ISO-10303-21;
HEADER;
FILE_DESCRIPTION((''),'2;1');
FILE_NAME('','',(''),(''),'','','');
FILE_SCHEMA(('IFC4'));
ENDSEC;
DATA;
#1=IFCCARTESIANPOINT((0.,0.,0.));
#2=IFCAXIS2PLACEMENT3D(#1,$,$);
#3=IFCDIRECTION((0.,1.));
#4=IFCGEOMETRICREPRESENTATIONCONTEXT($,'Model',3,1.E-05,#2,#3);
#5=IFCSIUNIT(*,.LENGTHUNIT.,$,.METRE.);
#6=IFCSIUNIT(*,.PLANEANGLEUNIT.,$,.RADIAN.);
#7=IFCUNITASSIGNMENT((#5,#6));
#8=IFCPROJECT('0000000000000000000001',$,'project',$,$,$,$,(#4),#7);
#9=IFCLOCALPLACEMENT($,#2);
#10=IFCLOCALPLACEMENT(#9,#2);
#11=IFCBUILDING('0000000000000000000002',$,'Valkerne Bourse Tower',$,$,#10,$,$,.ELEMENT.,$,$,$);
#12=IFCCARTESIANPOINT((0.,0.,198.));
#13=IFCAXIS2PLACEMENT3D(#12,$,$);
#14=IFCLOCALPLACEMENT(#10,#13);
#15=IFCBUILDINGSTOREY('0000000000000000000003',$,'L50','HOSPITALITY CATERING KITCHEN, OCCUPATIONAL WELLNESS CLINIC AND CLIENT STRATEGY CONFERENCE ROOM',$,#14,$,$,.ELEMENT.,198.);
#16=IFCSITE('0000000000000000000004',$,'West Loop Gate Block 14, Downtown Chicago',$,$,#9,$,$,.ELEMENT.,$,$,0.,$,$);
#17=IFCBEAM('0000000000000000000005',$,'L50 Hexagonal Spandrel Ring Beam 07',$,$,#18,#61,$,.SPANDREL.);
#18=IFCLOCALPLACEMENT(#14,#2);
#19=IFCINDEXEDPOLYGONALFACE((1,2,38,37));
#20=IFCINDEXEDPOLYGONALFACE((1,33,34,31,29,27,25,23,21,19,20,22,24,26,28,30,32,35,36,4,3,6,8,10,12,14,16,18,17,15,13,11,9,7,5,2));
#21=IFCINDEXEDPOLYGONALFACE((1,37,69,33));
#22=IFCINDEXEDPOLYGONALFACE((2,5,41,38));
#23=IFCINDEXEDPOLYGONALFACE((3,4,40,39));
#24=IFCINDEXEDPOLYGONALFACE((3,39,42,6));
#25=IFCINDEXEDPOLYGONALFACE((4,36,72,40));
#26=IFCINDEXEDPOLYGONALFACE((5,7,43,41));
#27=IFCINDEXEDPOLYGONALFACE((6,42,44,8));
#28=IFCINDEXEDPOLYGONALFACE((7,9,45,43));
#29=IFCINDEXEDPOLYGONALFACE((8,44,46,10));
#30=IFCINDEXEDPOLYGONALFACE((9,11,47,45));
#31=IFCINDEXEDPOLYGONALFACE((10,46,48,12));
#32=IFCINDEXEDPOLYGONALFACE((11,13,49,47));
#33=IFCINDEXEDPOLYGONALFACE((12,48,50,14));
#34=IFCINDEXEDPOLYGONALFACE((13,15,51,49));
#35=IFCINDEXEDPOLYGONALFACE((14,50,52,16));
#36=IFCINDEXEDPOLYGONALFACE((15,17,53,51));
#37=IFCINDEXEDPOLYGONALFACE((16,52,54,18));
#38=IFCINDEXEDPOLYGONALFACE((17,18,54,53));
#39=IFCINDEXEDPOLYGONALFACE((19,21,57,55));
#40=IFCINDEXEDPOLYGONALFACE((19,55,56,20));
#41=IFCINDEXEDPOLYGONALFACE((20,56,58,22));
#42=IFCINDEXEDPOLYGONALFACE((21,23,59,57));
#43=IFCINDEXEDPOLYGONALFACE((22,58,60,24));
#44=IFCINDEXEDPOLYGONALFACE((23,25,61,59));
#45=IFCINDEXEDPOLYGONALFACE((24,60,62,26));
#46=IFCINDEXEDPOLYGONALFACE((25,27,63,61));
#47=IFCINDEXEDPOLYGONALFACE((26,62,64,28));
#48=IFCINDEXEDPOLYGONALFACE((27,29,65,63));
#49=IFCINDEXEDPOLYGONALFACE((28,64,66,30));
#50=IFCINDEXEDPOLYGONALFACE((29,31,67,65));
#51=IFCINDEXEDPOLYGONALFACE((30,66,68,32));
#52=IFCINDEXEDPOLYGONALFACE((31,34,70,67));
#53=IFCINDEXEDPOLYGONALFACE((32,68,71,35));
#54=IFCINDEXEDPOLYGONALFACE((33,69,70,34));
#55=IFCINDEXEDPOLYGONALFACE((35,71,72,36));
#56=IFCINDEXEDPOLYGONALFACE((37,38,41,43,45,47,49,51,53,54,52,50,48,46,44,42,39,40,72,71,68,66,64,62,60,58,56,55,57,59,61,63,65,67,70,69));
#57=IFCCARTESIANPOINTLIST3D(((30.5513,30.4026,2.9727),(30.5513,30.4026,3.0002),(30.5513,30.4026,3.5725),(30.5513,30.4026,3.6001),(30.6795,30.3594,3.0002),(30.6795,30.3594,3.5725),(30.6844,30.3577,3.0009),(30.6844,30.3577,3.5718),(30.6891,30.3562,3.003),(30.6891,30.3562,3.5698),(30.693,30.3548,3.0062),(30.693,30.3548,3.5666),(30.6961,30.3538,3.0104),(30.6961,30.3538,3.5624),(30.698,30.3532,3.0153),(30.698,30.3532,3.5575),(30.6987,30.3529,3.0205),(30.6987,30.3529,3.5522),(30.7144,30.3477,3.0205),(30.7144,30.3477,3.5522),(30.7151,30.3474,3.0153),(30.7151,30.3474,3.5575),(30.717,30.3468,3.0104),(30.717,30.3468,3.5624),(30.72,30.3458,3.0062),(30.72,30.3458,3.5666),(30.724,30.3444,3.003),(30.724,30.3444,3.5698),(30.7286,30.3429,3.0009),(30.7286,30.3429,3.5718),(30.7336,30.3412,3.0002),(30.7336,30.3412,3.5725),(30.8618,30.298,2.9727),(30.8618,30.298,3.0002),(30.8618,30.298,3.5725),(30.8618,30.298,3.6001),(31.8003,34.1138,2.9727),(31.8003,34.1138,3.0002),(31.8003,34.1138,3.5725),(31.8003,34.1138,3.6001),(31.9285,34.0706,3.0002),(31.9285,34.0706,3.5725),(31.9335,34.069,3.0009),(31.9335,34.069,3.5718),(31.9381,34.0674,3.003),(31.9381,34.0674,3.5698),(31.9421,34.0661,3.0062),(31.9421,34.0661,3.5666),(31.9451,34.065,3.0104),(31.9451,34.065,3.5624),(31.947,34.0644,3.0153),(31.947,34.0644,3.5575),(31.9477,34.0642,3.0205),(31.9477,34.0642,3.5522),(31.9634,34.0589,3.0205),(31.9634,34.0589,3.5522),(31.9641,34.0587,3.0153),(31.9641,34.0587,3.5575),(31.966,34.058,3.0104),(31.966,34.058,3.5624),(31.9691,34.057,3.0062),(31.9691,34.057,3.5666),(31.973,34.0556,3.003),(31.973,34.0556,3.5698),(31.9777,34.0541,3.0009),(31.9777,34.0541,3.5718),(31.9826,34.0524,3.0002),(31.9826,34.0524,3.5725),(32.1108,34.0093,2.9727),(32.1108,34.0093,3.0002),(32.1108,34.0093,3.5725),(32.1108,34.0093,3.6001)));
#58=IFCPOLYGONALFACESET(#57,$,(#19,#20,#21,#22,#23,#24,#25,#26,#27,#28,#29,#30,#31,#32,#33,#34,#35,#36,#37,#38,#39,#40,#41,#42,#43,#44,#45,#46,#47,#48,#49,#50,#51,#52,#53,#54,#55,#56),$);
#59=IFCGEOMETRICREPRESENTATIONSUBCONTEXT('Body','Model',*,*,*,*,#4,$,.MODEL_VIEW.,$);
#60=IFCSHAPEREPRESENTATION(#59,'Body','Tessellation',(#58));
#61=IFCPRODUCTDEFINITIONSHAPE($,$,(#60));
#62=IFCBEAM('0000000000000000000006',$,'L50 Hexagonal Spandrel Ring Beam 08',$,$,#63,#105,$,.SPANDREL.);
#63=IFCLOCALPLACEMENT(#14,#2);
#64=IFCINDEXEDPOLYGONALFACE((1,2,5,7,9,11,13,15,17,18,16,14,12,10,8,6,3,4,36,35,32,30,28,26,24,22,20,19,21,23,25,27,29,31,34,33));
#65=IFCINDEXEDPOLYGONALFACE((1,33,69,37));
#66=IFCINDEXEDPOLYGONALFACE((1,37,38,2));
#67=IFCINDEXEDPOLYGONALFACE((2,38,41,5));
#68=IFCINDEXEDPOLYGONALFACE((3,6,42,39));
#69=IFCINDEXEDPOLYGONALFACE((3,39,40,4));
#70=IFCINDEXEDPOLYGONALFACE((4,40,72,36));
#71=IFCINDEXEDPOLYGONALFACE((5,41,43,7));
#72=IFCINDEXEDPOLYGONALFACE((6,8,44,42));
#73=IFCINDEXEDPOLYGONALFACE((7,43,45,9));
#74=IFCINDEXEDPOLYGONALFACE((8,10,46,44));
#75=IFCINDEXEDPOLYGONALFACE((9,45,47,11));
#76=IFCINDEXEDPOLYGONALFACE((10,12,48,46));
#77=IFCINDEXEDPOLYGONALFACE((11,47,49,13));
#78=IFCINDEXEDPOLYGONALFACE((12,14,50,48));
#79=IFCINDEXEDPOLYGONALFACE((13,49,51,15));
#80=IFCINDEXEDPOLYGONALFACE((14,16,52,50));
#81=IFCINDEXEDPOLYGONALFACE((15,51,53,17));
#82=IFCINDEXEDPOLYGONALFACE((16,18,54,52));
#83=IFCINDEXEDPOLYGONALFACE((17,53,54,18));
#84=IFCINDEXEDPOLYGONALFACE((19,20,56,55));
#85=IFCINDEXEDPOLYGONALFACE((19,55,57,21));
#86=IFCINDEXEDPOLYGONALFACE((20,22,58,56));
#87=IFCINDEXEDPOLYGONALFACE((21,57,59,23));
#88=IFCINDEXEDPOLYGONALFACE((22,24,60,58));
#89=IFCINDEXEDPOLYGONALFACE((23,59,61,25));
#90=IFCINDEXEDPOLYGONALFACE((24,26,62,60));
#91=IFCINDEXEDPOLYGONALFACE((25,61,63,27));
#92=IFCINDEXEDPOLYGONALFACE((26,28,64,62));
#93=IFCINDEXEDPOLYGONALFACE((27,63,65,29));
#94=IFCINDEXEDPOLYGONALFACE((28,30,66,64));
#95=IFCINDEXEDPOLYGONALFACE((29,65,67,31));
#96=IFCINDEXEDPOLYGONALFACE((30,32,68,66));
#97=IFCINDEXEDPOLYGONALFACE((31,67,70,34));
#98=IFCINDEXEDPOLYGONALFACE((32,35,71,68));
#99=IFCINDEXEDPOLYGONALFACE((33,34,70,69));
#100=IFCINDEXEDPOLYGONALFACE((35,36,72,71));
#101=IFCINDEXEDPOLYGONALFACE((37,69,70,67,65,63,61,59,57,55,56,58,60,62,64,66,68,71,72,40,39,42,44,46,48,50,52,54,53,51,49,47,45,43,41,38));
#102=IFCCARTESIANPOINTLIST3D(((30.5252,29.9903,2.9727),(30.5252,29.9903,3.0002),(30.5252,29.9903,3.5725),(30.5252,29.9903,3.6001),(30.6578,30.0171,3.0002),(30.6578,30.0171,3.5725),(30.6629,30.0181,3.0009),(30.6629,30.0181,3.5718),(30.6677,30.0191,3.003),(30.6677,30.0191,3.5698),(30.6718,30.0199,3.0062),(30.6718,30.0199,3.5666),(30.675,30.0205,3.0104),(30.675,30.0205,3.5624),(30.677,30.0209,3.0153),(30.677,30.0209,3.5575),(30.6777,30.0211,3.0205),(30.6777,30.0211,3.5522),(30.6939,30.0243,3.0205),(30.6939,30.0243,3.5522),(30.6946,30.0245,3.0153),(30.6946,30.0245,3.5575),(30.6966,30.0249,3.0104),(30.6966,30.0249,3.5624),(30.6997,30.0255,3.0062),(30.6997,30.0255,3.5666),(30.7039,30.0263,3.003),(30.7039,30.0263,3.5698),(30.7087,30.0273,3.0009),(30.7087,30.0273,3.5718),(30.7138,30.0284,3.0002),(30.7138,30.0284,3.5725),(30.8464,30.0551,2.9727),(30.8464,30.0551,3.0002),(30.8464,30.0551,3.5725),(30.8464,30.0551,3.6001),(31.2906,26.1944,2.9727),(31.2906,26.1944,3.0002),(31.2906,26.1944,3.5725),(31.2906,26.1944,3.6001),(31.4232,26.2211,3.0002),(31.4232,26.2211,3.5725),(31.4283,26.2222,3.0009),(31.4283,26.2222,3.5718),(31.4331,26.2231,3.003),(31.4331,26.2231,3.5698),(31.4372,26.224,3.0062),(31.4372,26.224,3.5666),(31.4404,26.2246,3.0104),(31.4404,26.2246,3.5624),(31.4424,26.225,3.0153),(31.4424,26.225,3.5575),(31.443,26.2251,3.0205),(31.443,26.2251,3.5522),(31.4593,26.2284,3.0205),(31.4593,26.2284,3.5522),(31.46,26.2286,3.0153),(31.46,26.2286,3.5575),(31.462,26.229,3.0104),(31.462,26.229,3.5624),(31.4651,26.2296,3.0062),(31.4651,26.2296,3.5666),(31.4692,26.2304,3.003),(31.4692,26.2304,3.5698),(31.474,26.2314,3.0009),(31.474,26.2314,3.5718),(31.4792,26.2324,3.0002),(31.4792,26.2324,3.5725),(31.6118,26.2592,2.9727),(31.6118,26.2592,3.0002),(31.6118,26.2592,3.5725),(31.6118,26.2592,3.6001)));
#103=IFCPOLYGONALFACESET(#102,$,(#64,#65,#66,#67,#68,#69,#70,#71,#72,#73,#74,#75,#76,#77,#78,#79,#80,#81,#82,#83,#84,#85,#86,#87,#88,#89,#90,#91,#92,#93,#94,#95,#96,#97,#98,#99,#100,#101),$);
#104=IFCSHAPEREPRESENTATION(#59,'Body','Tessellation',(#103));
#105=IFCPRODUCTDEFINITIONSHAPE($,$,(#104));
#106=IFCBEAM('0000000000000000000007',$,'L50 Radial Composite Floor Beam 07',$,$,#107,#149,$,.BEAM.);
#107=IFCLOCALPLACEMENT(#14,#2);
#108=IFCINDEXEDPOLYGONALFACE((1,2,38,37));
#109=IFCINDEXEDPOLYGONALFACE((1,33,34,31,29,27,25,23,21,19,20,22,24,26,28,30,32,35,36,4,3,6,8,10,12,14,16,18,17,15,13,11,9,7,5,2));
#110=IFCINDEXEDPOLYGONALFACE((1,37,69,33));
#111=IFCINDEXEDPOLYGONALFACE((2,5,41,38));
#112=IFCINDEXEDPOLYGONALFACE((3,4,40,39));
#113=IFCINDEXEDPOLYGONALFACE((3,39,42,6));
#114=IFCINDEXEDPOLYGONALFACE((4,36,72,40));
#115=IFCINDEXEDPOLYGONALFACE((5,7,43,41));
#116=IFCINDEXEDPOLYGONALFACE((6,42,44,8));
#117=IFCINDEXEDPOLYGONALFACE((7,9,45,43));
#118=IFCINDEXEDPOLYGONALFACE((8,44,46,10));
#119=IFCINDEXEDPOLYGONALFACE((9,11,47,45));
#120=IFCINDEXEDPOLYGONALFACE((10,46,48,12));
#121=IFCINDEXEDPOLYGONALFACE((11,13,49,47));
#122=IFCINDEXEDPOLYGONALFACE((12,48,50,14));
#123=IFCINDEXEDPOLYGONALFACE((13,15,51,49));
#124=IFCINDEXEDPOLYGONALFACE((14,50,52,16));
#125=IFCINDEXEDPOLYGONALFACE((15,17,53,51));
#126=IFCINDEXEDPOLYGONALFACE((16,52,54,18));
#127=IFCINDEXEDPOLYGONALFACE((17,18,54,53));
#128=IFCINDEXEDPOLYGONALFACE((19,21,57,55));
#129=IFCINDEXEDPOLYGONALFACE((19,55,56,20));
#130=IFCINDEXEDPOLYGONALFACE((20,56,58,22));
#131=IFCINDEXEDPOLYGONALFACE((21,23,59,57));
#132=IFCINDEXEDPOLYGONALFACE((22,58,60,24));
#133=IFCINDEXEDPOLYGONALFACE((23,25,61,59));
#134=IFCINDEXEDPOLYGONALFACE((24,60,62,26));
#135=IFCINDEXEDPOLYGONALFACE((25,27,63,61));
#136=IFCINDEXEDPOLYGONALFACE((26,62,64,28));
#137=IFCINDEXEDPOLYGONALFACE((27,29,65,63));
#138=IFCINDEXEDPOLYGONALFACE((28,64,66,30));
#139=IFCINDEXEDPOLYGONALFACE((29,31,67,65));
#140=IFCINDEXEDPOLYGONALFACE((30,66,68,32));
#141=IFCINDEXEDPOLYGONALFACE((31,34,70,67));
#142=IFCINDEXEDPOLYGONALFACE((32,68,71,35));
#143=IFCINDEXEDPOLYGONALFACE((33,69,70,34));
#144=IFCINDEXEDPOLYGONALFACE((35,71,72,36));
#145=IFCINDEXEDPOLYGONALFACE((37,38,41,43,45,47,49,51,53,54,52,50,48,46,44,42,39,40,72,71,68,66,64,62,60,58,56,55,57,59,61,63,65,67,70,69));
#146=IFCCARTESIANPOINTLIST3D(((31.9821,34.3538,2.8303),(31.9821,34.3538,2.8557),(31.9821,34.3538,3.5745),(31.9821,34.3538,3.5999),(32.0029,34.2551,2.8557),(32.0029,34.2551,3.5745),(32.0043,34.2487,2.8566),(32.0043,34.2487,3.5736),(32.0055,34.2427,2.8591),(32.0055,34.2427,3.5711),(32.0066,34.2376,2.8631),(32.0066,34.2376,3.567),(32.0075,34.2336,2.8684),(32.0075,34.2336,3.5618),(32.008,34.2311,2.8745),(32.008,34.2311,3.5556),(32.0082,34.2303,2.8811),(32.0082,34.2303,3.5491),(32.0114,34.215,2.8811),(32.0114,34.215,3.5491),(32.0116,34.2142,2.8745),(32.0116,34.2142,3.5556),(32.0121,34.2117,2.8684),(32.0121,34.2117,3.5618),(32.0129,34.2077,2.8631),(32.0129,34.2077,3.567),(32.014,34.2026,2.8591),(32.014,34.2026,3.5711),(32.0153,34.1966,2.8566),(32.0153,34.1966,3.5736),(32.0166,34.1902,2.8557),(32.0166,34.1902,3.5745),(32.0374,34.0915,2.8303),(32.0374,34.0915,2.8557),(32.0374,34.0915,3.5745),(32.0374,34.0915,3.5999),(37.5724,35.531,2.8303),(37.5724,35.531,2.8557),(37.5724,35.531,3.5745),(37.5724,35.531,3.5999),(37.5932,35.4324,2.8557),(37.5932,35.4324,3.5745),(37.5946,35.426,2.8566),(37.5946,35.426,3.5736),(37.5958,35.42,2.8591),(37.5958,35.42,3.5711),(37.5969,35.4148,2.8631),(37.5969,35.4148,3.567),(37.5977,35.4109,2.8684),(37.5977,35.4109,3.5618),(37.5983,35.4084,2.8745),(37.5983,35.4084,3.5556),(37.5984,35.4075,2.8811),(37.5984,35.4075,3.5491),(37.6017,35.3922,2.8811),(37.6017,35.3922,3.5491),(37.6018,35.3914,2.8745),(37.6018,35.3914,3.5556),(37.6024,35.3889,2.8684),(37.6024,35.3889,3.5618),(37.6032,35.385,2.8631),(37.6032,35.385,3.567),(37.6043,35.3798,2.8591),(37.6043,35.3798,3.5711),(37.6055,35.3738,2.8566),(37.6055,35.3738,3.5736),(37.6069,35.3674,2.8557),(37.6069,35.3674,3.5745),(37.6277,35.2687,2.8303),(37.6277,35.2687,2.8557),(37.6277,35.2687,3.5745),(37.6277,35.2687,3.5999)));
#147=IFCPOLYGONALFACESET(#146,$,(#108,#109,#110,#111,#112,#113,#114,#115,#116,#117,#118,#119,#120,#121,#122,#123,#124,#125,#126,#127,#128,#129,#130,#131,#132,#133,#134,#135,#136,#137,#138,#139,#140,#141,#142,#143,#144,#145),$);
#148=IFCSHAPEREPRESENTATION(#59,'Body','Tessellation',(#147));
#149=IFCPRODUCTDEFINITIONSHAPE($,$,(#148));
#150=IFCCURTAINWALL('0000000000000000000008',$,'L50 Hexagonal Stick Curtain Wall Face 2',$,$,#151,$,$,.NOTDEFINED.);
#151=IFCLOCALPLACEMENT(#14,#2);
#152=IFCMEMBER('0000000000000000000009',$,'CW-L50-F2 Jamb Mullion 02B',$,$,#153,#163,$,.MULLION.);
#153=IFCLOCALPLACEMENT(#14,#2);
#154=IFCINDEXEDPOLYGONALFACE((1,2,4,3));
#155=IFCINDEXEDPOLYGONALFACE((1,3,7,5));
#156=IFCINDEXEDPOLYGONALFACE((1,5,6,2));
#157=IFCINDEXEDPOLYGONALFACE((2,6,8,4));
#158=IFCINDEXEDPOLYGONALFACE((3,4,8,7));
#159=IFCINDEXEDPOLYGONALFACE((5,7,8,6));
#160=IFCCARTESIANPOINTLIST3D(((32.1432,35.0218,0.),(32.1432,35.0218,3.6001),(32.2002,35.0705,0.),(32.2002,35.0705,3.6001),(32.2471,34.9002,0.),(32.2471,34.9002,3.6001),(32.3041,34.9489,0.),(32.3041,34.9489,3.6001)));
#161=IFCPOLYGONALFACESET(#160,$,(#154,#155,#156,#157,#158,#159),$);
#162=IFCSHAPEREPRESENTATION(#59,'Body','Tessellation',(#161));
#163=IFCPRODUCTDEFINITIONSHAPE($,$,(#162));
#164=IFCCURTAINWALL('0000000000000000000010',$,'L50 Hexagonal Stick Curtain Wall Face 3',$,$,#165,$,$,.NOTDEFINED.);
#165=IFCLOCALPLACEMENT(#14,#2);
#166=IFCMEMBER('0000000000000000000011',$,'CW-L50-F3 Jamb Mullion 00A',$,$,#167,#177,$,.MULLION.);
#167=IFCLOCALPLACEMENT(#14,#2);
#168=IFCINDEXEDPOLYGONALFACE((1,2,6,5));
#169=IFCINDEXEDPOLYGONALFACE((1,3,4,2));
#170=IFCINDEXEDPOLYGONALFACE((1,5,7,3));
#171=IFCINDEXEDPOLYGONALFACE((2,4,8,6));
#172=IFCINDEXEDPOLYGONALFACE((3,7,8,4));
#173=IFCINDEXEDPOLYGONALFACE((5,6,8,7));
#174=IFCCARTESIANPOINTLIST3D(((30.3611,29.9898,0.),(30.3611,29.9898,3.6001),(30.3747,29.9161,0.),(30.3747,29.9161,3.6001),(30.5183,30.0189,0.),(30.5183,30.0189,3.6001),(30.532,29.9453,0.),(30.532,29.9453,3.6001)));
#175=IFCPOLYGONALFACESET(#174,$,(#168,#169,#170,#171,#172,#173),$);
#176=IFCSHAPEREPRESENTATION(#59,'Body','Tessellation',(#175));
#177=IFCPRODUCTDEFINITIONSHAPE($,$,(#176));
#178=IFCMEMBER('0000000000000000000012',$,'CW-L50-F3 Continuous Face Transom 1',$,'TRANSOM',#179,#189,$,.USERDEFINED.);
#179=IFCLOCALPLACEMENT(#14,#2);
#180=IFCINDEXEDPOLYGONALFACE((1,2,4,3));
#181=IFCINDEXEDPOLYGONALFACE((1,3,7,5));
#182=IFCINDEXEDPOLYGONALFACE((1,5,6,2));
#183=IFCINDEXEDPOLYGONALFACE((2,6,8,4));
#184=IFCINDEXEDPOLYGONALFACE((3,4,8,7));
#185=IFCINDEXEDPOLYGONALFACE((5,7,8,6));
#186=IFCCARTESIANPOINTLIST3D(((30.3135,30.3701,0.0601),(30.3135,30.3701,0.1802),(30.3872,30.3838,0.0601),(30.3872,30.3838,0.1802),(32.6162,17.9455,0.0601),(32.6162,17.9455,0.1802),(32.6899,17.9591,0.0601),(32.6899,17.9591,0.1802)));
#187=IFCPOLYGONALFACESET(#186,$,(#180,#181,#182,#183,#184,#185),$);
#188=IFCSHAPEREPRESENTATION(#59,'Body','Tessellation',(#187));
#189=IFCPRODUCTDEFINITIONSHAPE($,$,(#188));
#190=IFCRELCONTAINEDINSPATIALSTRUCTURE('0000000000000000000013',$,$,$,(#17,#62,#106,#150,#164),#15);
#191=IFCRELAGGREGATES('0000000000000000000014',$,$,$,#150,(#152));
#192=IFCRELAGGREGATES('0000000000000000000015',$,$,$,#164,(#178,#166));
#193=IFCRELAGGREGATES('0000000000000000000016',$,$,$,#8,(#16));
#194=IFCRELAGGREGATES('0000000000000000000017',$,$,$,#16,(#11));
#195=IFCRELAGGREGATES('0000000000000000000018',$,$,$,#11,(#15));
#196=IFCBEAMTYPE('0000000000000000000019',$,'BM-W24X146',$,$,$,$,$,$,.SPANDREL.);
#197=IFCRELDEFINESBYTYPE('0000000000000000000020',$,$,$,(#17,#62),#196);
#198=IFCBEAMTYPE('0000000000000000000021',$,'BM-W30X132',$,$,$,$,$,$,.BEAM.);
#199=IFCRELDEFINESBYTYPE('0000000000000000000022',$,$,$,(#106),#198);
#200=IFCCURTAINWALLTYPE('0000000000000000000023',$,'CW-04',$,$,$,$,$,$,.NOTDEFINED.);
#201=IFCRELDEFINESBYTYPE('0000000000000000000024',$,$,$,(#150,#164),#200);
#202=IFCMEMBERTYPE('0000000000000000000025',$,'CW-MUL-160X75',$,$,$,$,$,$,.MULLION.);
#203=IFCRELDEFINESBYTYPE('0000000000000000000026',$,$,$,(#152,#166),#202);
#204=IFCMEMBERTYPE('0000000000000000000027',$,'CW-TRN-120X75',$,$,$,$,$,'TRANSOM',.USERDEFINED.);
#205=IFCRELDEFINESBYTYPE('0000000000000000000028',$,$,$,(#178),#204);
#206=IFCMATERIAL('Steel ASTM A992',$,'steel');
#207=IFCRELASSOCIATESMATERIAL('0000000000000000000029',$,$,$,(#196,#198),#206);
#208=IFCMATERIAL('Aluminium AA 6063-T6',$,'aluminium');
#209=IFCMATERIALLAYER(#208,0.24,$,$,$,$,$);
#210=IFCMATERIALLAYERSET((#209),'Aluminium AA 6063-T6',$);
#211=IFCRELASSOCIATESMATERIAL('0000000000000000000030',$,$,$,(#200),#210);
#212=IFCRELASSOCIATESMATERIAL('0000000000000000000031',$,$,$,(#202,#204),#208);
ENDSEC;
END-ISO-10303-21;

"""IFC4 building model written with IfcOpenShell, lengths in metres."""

from ifc_helpers import new_model, si_unit, direction, frame, origin, origin_2d, place, context, subcontext, project, spatial, rectangle, i_section, extrude, material, layer, layer_set, material_profile, profile_set, type_object, element, aggregate, save


model = new_model("IFC4")

# Units and contexts
model_context = context("Model", 3, precision=1e-05, world=origin(), true_north=direction((0.0, 1.0)))
body_context = subcontext(model_context, "Body", "Model", "MODEL_VIEW")
ifc_project = project(units=[si_unit("LENGTHUNIT", "METRE"), si_unit("PLANEANGLEUNIT", "RADIAN")], contexts=[model_context])

# Site, building, storey
site_placement = place(None, origin())
site = spatial("IfcSite", under=ifc_project, at=site_placement, Name="West Loop Gate Block 14, Downtown Chicago", CompositionType="ELEMENT", RefElevation=0.0)
building_placement = place(site_placement, origin())
building = spatial("IfcBuilding", under=site, at=building_placement, Name="Valkerne Bourse Tower", CompositionType="ELEMENT")
storey_placement = place(building_placement, frame((0.0, 0.0, 198.0)))
storey = spatial("IfcBuildingStorey", under=building, at=storey_placement, Name="L50", Description="HOSPITALITY CATERING KITCHEN, OCCUPATIONAL WELLNESS CLINIC AND CLIENT STRATEGY CONFERENCE ROOM", CompositionType="ELEMENT", Elevation=198.0)

# Beams
ifc_material_1 = material(Name="Steel ASTM A992", Category="steel")
ifc_material_profile_1 = material_profile(ifc_material_1, i_section(OverallWidth=0.3276, OverallDepth=0.6274, WebThickness=0.0166, FlangeThickness=0.0276, FilletRadius=0.0203, at=origin_2d()), Name="W24X146")
ifc_profile_set_1 = profile_set([ifc_material_profile_1], Name="Steel ASTM A992")
beam_type_1 = type_object("IfcBeamType", Name="BM-W24X146", PredefinedType="SPANDREL", material=ifc_profile_set_1)
beam_1_placement = place(storey_placement, frame((31.9556, 34.0615, 3.2864), z_axis=(-0.318976, -0.947763, 0.0), x_axis=(0.947763, -0.318976, 0.0)))
element("IfcBeam", 1, at=beam_1_placement, inside=storey, type_object=beam_type_1, Name="L50 Hexagonal Spandrel Ring Beam 07", PredefinedType="SPANDREL", context=body_context, shape_type="SweptSolid", body=[
    extrude(i_section(OverallWidth=0.3276, OverallDepth=0.6274, WebThickness=0.0166, FlangeThickness=0.0276, FilletRadius=0.0203, at=origin_2d()), origin(), (0.0, 0.0, 1.0), 3.9158),
])
beam_2_placement = place(storey_placement, frame((30.6858, 30.0227, 3.2864), z_axis=(0.197656, -0.980272, 0.0), x_axis=(0.980272, 0.197656, 0.0)))
element("IfcBeam", 2, at=beam_2_placement, inside=storey, type_object=beam_type_1, Name="L50 Hexagonal Spandrel Ring Beam 08", PredefinedType="SPANDREL", context=body_context, shape_type="SweptSolid", body=[
    extrude(i_section(OverallWidth=0.3276, OverallDepth=0.6274, WebThickness=0.0166, FlangeThickness=0.0276, FilletRadius=0.0203, at=origin_2d()), origin(), (0.0, 0.0, 1.0), 3.8723),
])
ifc_material_profile_2 = material_profile(ifc_material_1, i_section(OverallWidth=0.2681, OverallDepth=0.7695, WebThickness=0.0156, FlangeThickness=0.0254, FilletRadius=0.0254, at=origin_2d()), Name="W30X132")
ifc_profile_set_2 = profile_set([ifc_material_profile_2], Name="Steel ASTM A992")
beam_type_2 = type_object("IfcBeamType", Name="BM-W30X132", PredefinedType="BEAM", material=ifc_profile_set_2)
beam_3_placement = place(storey_placement, frame((32.0098, 34.2227, 3.2151), z_axis=(0.978538, 0.206066, 0.0), x_axis=(-0.206066, 0.978538, 0.0)))
element("IfcBeam", 3, at=beam_3_placement, inside=storey, type_object=beam_type_2, Name="L50 Radial Composite Floor Beam 07", PredefinedType="BEAM", context=body_context, shape_type="SweptSolid", body=[
    extrude(i_section(OverallWidth=0.2681, OverallDepth=0.7695, WebThickness=0.0156, FlangeThickness=0.0254, FilletRadius=0.0254, at=origin_2d()), origin(), (0.0, 0.0, 1.0), 5.7129),
])

# Curtain wall, member
ifc_material_2 = material(Name="Aluminium AA 6063-T6", Category="aluminium")
ifc_layer_1 = layer(ifc_material_2, 0.24)
ifc_layer_set_1 = layer_set([ifc_layer_1], Name="Aluminium AA 6063-T6")
curtain_wall_type = type_object("IfcCurtainWallType", Name="CW-04", PredefinedType="NOTDEFINED", material=ifc_layer_set_1)
curtain_wall_1_placement = place(storey_placement, origin())
curtain_wall_1 = element("IfcCurtainWall", 4, at=curtain_wall_1_placement, inside=storey, type_object=curtain_wall_type, Name="L50 Hexagonal Stick Curtain Wall Face 2", PredefinedType="NOTDEFINED")
ifc_material_profile_3 = material_profile(ifc_material_2, rectangle(XDim=0.075, YDim=0.1599, at=origin_2d()), Name="CWM-75X160")
ifc_profile_set_3 = profile_set([ifc_material_profile_3], Name="Aluminium AA 6063-T6")
member_type_1 = type_object("IfcMemberType", Name="CW-MUL-160X75", PredefinedType="MULLION", material=ifc_profile_set_3)
member_1_placement = place(storey_placement, frame((32.2236, 34.9854, 0.0), z_axis=(0.0, 0.0, 1.0), x_axis=(-0.7604, -0.649455, 0.0)))
member_1 = element("IfcMember", 5, at=member_1_placement, type_object=member_type_1, Name="CW-L50-F2 Jamb Mullion 02B", PredefinedType="MULLION", context=body_context, shape_type="SweptSolid", body=[
    extrude(rectangle(XDim=0.075, YDim=0.1599, at=origin_2d()), origin(), (0.0, 0.0, 1.0), 3.6001),
])
aggregate(curtain_wall_1, [member_1])

# Curtain wall, members
curtain_wall_2_placement = place(storey_placement, origin())
curtain_wall_2 = element("IfcCurtainWall", 6, at=curtain_wall_2_placement, inside=storey, type_object=curtain_wall_type, Name="L50 Hexagonal Stick Curtain Wall Face 3", PredefinedType="NOTDEFINED")
member_2_placement = place(storey_placement, frame((30.4465, 29.9675, 0.0), z_axis=(0.0, 0.0, 1.0), x_axis=(0.18224, -0.983254, 0.0)))
member_2 = element("IfcMember", 7, at=member_2_placement, type_object=member_type_1, Name="CW-L50-F3 Jamb Mullion 00A", PredefinedType="MULLION", context=body_context, shape_type="SweptSolid", body=[
    extrude(rectangle(XDim=0.075, YDim=0.1599, at=origin_2d()), origin(), (0.0, 0.0, 1.0), 3.6001),
])
ifc_material_profile_4 = material_profile(ifc_material_2, rectangle(XDim=0.075, YDim=0.1201, at=origin_2d()), Name="CWT-75X120")
ifc_profile_set_4 = profile_set([ifc_material_profile_4], Name="Aluminium AA 6063-T6")
member_type_2 = type_object("IfcMemberType", Name="CW-TRN-120X75", ElementType="TRANSOM", PredefinedType="USERDEFINED", material=ifc_profile_set_4)
member_3_placement = place(storey_placement, frame((30.3503, 30.377, 0.1201), z_axis=(0.182234, -0.983255, 0.0), x_axis=(0.983255, 0.182234, 0.0)))
member_3 = element("IfcMember", 8, at=member_3_placement, type_object=member_type_2, Name="CW-L50-F3 Continuous Face Transom 1", ObjectType="TRANSOM", PredefinedType="USERDEFINED", context=body_context, shape_type="SweptSolid", body=[
    extrude(rectangle(XDim=0.075, YDim=0.1201, at=origin_2d()), origin(), (0.0, 0.0, 1.0), 12.6362),
])
aggregate(curtain_wall_2, [member_3, member_2])

save(model, "model.ifc")
